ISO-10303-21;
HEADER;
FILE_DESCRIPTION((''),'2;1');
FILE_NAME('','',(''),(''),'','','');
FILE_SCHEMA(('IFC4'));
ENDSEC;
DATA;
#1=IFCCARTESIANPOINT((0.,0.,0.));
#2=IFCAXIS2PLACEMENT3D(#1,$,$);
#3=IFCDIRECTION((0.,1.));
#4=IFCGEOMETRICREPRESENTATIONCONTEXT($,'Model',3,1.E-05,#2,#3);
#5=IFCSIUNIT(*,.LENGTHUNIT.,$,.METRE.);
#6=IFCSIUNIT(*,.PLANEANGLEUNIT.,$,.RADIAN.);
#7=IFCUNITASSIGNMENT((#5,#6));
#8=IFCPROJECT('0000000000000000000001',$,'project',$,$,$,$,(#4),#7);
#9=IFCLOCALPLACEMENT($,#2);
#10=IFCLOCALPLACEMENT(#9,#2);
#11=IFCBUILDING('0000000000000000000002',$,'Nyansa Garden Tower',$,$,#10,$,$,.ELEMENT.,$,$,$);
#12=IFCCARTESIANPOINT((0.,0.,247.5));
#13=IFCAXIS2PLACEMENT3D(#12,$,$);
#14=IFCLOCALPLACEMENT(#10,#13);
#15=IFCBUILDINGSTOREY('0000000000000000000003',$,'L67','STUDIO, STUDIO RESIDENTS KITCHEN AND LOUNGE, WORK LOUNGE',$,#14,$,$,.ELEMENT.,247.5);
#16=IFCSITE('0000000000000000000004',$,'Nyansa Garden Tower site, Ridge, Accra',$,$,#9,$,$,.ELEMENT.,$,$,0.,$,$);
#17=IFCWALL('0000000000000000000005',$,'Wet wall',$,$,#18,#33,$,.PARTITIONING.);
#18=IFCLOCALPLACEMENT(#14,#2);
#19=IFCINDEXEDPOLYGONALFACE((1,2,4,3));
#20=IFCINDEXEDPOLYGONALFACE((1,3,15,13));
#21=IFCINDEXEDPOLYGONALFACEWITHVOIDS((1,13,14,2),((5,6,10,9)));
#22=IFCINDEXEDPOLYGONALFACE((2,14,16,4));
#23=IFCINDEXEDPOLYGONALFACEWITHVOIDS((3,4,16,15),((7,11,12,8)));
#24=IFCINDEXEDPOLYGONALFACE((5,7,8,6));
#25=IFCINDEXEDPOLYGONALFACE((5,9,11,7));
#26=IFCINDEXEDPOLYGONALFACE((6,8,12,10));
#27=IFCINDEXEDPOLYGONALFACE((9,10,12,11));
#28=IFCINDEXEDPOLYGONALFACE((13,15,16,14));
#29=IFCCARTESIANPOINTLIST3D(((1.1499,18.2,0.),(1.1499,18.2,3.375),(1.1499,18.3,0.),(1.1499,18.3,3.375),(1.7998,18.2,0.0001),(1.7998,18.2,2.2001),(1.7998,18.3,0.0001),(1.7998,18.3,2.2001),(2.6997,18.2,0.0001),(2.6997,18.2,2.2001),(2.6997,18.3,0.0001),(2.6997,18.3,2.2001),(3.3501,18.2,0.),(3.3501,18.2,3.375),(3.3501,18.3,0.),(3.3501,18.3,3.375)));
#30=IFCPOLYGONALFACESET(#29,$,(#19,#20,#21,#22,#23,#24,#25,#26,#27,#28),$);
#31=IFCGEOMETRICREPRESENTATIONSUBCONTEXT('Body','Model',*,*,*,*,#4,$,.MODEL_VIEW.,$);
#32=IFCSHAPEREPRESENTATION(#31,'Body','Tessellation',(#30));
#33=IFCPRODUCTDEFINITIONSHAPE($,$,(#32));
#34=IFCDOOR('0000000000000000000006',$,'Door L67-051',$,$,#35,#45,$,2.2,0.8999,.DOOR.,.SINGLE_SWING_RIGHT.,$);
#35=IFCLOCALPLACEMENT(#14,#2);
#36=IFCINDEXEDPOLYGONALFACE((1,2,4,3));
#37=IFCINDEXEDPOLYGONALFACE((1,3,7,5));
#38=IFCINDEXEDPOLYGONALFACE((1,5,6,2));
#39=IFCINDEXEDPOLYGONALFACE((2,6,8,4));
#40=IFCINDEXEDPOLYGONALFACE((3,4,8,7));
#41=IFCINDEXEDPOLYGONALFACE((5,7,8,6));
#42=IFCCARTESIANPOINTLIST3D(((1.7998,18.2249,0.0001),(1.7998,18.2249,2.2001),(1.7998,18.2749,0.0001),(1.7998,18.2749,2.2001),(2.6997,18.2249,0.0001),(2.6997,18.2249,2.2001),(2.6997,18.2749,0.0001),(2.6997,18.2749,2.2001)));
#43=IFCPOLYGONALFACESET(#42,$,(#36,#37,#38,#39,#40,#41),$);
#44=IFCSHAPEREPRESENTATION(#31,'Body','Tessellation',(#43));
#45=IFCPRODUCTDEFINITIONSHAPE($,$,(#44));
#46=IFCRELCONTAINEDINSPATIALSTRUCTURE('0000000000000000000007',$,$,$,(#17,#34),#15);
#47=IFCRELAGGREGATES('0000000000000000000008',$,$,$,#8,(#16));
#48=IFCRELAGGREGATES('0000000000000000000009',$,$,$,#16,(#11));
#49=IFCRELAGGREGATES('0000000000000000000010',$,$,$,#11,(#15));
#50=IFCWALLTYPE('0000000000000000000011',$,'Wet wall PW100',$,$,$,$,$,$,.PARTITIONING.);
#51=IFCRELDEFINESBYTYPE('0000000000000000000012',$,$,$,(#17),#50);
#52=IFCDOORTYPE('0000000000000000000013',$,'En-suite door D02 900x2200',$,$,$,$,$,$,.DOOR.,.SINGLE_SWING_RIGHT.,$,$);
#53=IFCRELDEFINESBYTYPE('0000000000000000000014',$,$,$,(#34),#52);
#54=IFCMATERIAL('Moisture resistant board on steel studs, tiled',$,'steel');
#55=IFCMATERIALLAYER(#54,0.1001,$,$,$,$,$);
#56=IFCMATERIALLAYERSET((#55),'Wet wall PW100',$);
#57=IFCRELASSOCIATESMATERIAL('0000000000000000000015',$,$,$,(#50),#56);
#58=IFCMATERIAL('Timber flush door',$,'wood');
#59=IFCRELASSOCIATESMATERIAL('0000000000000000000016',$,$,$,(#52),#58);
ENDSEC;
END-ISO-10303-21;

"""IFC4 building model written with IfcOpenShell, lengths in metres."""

from ifc_helpers import new_model, si_unit, direction, frame, frame_2d, origin, place, context, subcontext, project, spatial, rectangle, extrude, material, layer, layer_set, type_object, element, fill, save


model = new_model("IFC4")

# Units and contexts
model_context = context("Model", 3, precision=1e-05, world=origin(), true_north=direction((0.0, 1.0)))
body_context = subcontext(model_context, "Body", "Model", "MODEL_VIEW")
ifc_project = project(units=[si_unit("LENGTHUNIT", "METRE"), si_unit("PLANEANGLEUNIT", "RADIAN")], contexts=[model_context])

# Site, building, storey
site_placement = place(None, origin())
site = spatial("IfcSite", under=ifc_project, at=site_placement, Name="Nyansa Garden Tower site, Ridge, Accra", CompositionType="ELEMENT", RefElevation=0.0)
building_placement = place(site_placement, origin())
building = spatial("IfcBuilding", under=site, at=building_placement, Name="Nyansa Garden Tower", CompositionType="ELEMENT")
storey_placement = place(building_placement, frame((0.0, 0.0, 247.5)))
storey = spatial("IfcBuildingStorey", under=building, at=storey_placement, Name="L67", Description="STUDIO, STUDIO RESIDENTS KITCHEN AND LOUNGE, WORK LOUNGE", CompositionType="ELEMENT", Elevation=247.5)

# Shared definitions
ifc_material_1 = material(Name="Moisture resistant board on steel studs, tiled", Category="steel")
ifc_layer_1 = layer(ifc_material_1, 0.1001)
ifc_layer_set_1 = layer_set([ifc_layer_1], Name="Wet wall PW100")
wall_type_1 = type_object("IfcWallType", Name="Wet wall PW100", PredefinedType="PARTITIONING", material=ifc_layer_set_1)

# Shared definitions
ifc_material_2 = material(Name="Timber flush door", Category="wood")
door_type = type_object("IfcDoorType", Name="En-suite door D02 900x2200", OperationType="SINGLE_SWING_RIGHT", PredefinedType="DOOR", material=ifc_material_2)

# Wall, opening, door
wall_1_placement = place(storey_placement, frame((1.1499, 18.25, 0.0), z_axis=(0.0, 0.0, 1.0), x_axis=(1.0, 0.0, 0.0)))
wall_1 = element("IfcWall", 1, at=wall_1_placement, inside=storey, type_object=wall_type_1, Name="Wet wall", PredefinedType="PARTITIONING", context=body_context, shape_type="SweptSolid", body=[
    extrude(rectangle(XDim=2.2002, YDim=0.1001, at=frame_2d((1.1001, 0.0))), origin(), (0.0, 0.0, 1.0), 3.375),
])
opening_1_placement = place(wall_1_placement, frame((0.6499, 0.0, 0.0)))
opening_1 = element("IfcOpeningElement", 2, at=opening_1_placement, cuts=wall_1, PredefinedType="OPENING", context=body_context, shape_type="SweptSolid", body=[
    extrude(rectangle(XDim=0.8999, YDim=2.2, at=frame_2d((0.45, 1.1001))), frame((0.0, 0.0601, 0.0), z_axis=(0.0, -1.0, 0.0), x_axis=(1.0, 0.0, 0.0)), (0.0, 0.0, 1.0), 0.1201),
])
door_1_placement = place(opening_1_placement, origin())
door_1 = element("IfcDoor", 3, at=door_1_placement, inside=storey, type_object=door_type, Name="Door L67-051", OperationType="SINGLE_SWING_RIGHT", OverallHeight=2.2, OverallWidth=0.8999, PredefinedType="DOOR", context=body_context, shape_type="SweptSolid", body=[
    extrude(rectangle(XDim=0.8999, YDim=2.2, at=frame_2d((0.45, 1.1001))), frame((0.0, 0.0249, 0.0), z_axis=(0.0, -1.0, 0.0), x_axis=(1.0, 0.0, 0.0)), (0.0, 0.0, 1.0), 0.05),
])
fill(opening_1, door_1)

save(model, "model.ifc")
